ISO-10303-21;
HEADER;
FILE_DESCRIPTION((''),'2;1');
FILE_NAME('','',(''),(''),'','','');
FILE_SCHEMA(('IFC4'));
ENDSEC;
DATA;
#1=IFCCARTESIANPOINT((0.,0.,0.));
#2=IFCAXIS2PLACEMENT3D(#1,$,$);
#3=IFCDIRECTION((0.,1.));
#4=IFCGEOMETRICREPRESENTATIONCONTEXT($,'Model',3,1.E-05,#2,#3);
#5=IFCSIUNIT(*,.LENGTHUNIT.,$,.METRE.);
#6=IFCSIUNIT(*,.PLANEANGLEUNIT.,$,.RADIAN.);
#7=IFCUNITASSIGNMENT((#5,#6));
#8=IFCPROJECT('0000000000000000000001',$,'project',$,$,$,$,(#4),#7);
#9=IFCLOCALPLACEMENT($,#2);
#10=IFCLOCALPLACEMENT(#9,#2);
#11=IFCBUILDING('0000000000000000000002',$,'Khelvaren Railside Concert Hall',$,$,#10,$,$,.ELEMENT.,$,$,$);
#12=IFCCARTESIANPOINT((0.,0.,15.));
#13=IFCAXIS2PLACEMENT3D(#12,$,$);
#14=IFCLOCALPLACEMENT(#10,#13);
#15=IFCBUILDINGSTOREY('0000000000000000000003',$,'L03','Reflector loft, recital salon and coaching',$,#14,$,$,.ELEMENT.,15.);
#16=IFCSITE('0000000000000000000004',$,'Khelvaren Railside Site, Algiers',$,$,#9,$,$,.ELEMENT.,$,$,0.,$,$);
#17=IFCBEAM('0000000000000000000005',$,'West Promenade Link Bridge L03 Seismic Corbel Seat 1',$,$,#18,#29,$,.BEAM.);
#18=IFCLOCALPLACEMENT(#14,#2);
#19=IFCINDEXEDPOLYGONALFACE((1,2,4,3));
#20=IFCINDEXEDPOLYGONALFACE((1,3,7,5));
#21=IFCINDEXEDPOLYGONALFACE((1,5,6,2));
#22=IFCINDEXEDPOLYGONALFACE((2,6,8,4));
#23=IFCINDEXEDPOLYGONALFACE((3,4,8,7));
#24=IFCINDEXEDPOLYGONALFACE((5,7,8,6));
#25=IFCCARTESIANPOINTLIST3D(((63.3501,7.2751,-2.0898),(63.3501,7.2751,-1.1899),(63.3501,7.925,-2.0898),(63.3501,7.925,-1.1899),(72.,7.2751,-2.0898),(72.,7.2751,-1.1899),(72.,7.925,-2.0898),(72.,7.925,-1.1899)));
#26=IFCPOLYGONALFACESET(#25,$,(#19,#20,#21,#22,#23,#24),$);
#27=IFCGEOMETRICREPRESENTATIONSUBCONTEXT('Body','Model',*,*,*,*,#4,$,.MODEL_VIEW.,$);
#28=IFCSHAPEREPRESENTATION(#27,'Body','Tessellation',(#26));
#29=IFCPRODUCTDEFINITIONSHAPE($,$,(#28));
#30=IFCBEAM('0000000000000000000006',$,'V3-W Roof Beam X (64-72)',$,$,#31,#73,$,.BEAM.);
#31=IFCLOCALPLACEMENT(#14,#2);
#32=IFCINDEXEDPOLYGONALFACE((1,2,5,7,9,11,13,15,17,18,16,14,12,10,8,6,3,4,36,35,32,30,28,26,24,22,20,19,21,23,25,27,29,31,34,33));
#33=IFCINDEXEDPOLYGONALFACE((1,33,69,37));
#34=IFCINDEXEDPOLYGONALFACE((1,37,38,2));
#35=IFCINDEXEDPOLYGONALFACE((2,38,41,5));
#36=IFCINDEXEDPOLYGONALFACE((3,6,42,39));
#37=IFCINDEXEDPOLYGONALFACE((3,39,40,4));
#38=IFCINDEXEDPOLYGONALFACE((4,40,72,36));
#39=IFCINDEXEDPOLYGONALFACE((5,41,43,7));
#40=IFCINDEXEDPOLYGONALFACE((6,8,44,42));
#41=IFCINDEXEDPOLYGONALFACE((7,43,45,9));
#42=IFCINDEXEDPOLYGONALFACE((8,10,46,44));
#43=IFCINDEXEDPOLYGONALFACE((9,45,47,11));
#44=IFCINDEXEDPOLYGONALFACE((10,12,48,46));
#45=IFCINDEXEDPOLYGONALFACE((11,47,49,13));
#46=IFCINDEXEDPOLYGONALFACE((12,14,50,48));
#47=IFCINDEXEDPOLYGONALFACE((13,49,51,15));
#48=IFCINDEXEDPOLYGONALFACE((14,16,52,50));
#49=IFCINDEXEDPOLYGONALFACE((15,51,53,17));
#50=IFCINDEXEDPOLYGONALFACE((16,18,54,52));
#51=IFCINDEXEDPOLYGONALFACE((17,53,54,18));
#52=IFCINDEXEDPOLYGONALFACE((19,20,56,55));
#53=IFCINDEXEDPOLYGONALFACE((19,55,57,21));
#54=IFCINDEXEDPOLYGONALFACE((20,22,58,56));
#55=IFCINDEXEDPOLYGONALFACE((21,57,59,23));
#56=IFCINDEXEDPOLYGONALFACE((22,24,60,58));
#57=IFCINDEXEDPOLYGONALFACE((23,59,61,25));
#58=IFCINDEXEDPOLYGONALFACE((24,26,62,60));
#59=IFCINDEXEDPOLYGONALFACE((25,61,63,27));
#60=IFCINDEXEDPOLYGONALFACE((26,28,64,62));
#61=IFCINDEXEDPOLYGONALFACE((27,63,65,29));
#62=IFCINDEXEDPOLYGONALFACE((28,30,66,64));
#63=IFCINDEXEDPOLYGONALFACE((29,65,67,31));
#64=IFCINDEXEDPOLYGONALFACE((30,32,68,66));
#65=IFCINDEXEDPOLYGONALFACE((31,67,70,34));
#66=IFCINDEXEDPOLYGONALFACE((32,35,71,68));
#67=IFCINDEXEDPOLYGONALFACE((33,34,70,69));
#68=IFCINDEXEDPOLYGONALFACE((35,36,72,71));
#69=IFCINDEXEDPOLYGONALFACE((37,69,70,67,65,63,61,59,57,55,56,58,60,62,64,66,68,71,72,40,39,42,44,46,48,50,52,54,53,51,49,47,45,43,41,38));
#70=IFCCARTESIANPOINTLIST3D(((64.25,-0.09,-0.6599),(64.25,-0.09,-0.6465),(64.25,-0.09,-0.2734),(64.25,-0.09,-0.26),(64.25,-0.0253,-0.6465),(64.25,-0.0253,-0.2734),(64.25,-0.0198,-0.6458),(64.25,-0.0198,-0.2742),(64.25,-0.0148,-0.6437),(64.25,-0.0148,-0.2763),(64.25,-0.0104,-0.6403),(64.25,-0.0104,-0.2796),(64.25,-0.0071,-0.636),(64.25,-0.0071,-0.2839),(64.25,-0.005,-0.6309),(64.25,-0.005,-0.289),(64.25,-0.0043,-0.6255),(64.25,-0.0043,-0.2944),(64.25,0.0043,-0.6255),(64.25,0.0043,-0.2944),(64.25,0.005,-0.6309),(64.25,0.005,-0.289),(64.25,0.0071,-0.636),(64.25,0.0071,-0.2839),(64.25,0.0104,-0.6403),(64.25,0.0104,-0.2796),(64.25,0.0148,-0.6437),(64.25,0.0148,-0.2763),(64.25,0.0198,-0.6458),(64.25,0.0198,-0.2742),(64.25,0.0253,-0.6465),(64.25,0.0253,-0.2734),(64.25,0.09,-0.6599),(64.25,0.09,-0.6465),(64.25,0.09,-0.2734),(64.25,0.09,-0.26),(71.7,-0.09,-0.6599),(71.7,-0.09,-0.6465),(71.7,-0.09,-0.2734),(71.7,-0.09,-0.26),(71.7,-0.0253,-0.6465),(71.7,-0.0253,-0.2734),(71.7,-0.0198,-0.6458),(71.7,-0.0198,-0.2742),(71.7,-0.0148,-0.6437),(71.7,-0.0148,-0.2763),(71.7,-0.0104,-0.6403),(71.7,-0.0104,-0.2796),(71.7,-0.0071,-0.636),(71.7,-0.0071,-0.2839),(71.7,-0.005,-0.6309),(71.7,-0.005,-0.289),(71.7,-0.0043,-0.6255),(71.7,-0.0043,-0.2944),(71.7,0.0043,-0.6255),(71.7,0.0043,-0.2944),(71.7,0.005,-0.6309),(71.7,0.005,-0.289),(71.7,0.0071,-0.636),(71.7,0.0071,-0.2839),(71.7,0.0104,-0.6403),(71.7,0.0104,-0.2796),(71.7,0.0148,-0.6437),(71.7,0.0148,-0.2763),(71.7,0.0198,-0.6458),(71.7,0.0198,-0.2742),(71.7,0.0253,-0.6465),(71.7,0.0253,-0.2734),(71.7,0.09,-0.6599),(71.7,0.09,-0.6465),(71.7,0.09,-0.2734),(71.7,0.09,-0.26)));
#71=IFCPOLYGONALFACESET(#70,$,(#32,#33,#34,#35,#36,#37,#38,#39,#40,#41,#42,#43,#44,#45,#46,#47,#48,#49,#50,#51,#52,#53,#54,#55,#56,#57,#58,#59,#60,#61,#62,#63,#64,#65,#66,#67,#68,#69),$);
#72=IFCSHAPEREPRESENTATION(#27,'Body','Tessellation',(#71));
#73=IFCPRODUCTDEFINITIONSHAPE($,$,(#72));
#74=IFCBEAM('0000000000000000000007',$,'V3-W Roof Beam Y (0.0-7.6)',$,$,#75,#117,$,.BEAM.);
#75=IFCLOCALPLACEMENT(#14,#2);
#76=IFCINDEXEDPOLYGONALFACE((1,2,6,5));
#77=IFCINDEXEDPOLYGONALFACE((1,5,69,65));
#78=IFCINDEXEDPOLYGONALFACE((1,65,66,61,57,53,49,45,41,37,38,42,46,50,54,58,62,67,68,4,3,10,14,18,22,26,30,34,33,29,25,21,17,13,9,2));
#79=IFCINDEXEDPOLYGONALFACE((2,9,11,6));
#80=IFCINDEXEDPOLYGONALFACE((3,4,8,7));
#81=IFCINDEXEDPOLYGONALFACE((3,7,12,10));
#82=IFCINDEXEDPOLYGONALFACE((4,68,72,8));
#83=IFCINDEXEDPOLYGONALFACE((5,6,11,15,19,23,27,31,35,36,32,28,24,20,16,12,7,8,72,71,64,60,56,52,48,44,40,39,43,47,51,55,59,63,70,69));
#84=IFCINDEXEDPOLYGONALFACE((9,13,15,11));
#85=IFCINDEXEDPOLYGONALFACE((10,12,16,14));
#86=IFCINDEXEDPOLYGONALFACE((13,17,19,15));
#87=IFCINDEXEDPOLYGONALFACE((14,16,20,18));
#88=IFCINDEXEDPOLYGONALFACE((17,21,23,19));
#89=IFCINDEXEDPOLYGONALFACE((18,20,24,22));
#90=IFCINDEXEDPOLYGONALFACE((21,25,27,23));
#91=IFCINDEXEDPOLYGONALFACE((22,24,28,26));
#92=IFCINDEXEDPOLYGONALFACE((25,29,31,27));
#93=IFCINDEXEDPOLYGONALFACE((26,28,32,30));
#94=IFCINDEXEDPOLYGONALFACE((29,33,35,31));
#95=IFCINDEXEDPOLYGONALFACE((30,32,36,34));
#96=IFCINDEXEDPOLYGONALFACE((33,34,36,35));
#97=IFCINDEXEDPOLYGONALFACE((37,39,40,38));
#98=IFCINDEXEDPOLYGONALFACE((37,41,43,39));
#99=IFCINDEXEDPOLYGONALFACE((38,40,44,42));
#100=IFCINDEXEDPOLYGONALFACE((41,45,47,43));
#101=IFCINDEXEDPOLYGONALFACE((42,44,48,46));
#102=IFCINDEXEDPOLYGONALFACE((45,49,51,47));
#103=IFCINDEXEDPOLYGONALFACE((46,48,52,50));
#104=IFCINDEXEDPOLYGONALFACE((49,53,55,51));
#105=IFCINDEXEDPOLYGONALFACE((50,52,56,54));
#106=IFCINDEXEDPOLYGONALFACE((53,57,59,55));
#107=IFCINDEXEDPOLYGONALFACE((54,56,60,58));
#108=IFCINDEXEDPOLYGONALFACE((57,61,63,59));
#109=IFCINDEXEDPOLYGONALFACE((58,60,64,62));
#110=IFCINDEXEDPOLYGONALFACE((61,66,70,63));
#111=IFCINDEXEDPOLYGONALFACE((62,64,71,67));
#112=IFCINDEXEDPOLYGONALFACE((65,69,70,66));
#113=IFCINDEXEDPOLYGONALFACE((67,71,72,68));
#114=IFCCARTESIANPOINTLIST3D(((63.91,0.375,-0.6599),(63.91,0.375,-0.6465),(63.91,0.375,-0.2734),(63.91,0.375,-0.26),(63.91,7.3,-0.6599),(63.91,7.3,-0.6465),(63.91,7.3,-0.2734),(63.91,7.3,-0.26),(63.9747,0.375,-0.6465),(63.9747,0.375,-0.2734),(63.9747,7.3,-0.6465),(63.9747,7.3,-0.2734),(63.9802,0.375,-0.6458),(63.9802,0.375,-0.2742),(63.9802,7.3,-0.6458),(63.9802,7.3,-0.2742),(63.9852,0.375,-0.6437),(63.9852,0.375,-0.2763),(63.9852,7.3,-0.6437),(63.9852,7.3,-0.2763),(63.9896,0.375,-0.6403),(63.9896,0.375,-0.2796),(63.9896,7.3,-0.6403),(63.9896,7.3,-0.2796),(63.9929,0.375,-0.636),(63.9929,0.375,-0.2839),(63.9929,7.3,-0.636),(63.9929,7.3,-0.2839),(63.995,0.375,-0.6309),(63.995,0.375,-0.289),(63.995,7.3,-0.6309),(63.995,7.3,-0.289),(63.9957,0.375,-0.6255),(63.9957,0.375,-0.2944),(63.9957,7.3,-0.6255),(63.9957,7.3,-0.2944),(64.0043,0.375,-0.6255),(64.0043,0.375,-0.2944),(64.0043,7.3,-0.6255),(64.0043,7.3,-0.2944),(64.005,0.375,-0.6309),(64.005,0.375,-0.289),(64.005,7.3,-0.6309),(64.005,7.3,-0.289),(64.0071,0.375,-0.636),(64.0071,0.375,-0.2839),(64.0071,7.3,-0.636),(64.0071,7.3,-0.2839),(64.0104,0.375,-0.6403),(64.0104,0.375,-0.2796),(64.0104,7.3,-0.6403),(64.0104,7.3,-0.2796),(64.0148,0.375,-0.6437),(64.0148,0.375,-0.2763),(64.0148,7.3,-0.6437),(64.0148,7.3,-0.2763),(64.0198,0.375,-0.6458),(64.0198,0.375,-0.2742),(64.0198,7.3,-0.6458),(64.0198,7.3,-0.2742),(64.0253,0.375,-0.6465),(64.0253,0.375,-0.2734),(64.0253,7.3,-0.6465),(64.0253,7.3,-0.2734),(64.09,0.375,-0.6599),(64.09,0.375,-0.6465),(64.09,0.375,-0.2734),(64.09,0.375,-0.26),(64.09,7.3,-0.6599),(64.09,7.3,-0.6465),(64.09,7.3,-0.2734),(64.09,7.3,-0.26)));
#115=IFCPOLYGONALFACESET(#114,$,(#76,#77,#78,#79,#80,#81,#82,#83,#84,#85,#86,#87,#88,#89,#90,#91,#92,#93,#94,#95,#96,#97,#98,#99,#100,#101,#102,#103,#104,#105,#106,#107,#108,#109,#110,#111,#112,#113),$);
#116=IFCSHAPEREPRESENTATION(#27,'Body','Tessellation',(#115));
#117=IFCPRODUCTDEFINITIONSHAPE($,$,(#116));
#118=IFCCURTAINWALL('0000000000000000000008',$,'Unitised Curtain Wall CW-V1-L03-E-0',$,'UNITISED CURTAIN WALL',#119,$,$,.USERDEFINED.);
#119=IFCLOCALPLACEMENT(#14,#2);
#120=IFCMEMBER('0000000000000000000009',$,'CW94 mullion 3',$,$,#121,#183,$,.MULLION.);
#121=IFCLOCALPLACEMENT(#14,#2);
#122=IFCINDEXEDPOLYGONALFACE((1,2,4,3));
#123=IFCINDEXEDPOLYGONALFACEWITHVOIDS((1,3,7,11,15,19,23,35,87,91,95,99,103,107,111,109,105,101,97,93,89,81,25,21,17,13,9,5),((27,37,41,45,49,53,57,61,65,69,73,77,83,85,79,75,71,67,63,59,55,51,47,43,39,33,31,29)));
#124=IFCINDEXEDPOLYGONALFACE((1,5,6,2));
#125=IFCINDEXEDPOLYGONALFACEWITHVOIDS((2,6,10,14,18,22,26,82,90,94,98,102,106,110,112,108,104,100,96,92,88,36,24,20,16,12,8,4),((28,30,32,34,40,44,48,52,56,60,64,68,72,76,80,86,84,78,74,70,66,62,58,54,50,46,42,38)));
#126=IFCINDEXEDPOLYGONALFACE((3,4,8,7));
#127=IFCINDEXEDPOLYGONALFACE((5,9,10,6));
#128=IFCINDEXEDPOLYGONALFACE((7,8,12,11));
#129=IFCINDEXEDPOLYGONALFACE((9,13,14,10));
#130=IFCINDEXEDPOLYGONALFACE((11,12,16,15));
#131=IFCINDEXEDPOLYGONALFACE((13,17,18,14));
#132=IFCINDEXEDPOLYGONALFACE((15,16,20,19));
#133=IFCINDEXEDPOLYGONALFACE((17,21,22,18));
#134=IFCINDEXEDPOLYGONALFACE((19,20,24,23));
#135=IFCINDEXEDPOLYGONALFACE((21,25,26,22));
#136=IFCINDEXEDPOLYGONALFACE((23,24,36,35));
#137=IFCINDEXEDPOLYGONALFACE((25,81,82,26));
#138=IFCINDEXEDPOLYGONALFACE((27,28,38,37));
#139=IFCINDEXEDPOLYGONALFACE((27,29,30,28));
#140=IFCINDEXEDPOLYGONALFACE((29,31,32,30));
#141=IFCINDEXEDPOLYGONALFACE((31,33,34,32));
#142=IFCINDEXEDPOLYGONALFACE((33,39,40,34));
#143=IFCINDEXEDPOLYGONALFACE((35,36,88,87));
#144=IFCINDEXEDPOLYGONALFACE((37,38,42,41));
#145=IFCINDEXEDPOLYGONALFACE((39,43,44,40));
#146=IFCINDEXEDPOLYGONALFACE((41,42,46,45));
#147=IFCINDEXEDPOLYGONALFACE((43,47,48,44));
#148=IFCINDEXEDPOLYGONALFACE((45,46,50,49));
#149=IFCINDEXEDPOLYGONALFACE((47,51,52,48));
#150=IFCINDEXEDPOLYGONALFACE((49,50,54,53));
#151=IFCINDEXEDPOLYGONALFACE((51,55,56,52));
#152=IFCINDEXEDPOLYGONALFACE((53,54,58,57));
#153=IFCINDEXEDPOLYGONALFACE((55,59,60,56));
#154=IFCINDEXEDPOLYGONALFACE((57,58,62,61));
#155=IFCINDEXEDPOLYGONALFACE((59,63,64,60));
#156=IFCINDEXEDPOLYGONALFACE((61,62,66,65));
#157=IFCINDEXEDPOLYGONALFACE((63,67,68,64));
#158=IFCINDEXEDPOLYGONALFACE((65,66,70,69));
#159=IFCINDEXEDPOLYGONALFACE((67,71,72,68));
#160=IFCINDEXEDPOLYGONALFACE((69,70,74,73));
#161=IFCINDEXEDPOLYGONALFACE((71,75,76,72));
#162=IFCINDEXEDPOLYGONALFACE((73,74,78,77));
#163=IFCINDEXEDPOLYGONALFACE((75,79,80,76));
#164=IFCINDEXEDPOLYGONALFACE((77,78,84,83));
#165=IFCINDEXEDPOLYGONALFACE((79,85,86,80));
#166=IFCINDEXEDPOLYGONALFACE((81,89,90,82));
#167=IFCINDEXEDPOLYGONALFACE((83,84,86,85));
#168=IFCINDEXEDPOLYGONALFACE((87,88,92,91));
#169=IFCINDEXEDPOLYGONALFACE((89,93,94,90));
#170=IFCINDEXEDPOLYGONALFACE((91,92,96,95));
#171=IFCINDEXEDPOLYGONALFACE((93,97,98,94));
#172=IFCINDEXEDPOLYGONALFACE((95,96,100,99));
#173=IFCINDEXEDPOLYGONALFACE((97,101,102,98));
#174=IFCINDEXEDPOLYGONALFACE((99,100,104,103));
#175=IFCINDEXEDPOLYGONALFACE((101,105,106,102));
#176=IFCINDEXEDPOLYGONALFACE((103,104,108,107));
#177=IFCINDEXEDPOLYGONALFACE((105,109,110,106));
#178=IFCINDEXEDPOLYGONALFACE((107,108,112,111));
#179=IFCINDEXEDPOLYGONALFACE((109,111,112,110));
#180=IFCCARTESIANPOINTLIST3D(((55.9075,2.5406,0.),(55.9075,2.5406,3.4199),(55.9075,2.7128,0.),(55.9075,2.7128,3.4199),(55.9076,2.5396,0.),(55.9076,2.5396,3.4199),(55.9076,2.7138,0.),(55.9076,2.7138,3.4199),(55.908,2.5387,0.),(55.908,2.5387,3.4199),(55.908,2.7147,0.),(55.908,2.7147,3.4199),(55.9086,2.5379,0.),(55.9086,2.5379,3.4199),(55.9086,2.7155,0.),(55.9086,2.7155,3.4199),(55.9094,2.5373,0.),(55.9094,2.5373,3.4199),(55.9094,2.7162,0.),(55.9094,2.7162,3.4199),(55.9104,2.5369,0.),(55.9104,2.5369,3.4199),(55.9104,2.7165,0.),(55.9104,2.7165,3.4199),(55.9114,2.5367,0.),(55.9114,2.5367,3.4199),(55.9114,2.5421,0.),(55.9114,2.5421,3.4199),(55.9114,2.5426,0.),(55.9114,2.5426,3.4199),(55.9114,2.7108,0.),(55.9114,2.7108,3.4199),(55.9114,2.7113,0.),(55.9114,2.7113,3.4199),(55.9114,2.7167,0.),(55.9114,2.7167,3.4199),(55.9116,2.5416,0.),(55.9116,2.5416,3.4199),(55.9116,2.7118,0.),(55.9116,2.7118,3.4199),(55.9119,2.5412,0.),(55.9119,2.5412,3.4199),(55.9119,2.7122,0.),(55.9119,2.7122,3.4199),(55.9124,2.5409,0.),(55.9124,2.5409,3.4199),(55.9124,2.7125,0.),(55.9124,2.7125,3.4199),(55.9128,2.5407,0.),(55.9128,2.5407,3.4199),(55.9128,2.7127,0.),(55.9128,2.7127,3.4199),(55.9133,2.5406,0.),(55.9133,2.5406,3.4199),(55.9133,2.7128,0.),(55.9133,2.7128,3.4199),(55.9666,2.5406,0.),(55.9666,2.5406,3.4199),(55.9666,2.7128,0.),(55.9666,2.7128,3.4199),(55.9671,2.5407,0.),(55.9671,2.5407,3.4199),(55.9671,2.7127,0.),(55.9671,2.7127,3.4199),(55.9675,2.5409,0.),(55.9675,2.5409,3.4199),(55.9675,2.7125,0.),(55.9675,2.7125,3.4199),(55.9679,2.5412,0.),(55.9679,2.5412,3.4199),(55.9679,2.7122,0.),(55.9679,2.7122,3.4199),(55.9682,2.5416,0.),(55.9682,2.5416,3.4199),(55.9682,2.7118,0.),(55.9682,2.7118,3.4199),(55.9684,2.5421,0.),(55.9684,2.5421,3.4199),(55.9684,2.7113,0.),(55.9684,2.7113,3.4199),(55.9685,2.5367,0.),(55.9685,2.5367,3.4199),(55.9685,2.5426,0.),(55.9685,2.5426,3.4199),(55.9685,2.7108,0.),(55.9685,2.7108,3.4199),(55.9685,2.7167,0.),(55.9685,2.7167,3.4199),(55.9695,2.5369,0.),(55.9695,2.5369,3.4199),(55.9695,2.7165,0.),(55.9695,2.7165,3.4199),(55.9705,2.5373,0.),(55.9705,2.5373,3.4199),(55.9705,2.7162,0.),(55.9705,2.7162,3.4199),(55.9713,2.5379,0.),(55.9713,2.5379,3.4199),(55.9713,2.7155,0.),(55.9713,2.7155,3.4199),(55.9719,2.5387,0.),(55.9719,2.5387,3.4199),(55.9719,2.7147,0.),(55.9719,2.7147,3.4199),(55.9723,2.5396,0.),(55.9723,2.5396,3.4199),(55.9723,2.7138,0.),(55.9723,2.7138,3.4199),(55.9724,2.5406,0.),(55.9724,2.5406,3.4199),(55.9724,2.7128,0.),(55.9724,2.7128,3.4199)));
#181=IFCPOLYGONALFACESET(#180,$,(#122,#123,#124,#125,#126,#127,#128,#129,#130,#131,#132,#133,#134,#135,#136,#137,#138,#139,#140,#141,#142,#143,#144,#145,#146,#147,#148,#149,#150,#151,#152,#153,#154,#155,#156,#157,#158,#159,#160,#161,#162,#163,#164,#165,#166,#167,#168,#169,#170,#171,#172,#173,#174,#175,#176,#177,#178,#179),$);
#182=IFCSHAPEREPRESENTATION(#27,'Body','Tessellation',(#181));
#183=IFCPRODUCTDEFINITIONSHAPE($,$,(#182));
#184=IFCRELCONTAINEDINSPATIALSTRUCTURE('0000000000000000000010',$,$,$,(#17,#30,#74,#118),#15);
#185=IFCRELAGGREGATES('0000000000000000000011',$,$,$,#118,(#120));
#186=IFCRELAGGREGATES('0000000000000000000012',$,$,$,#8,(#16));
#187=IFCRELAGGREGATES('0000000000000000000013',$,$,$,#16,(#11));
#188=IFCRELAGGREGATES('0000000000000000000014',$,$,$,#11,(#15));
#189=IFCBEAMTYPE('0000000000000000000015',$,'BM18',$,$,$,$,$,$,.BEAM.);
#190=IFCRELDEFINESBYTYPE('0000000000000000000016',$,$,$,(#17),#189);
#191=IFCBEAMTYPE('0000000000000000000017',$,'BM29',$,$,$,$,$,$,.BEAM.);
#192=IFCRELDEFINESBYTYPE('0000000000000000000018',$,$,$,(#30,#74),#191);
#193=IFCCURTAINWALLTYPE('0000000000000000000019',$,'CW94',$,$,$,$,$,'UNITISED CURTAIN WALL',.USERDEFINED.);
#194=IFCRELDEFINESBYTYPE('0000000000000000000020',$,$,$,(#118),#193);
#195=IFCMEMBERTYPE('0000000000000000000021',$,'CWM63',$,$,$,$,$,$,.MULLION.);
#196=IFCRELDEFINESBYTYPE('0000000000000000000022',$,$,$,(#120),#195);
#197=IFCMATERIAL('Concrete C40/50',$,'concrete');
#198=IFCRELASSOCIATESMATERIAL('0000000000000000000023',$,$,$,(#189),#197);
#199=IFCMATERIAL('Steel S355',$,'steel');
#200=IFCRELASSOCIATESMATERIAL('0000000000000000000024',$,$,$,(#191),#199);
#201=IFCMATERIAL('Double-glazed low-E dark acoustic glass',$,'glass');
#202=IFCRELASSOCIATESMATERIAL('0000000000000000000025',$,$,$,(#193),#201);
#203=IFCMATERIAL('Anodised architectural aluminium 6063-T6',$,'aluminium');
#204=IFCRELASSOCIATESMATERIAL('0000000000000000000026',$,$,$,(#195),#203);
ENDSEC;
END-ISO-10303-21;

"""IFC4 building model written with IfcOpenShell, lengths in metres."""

from ifc_helpers import new_model, si_unit, direction, frame, origin, origin_2d, place, context, subcontext, project, spatial, rectangle, hollow_rectangle, i_section, extrude, material, material_profile, profile_set, type_object, element, aggregate, save


model = new_model("IFC4")

# Units and contexts
model_context = context("Model", 3, precision=1e-05, world=origin(), true_north=direction((0.0, 1.0)))
body_context = subcontext(model_context, "Body", "Model", "MODEL_VIEW")
ifc_project = project(units=[si_unit("LENGTHUNIT", "METRE"), si_unit("PLANEANGLEUNIT", "RADIAN")], contexts=[model_context])

# Site, building, storey
site_placement = place(None, origin())
site = spatial("IfcSite", under=ifc_project, at=site_placement, Name="Khelvaren Railside Site, Algiers", CompositionType="ELEMENT", RefElevation=0.0)
building_placement = place(site_placement, origin())
building = spatial("IfcBuilding", under=site, at=building_placement, Name="Khelvaren Railside Concert Hall", CompositionType="ELEMENT")
storey_placement = place(building_placement, frame((0.0, 0.0, 15.0)))
storey = spatial("IfcBuildingStorey", under=building, at=storey_placement, Name="L03", Description="Reflector loft, recital salon and coaching", CompositionType="ELEMENT", Elevation=15.0)

# Beams
ifc_material_1 = material(Name="Concrete C40/50", Category="concrete")
ifc_material_profile_1 = material_profile(ifc_material_1, rectangle(XDim=0.6499, YDim=0.8999, at=origin_2d()), Name="RCB 650x900")
ifc_profile_set_1 = profile_set([ifc_material_profile_1], Name="Concrete C40/50")
beam_type_1 = type_object("IfcBeamType", Name="BM18", PredefinedType="BEAM", material=ifc_profile_set_1)
beam_1_placement = place(storey_placement, frame((63.3501, 7.6001, -1.6399), z_axis=(1.0, 0.0, 0.0), x_axis=(0.0, 1.0, 0.0)))
element("IfcBeam", 1, at=beam_1_placement, inside=storey, type_object=beam_type_1, Name="West Promenade Link Bridge L03 Seismic Corbel Seat 1", PredefinedType="BEAM", context=body_context, shape_type="SweptSolid", body=[
    extrude(rectangle(XDim=0.6499, YDim=0.8999, at=origin_2d()), origin(), (0.0, 0.0, 1.0), 8.6499),
])
ifc_material_2 = material(Name="Steel S355", Category="steel")
ifc_material_profile_2 = material_profile(ifc_material_2, i_section(OverallWidth=0.1799, OverallDepth=0.3999, WebThickness=0.0085, FlangeThickness=0.0134, FilletRadius=0.021, at=origin_2d()), Name="IPE 400")
ifc_profile_set_2 = profile_set([ifc_material_profile_2], Name="Steel S355")
beam_type_2 = type_object("IfcBeamType", Name="BM29", PredefinedType="BEAM", material=ifc_profile_set_2)
beam_2_placement = place(storey_placement, frame((64.25, 0.0, -0.46), z_axis=(1.0, 0.0, 0.0), x_axis=(0.0, 1.0, 0.0)))
element("IfcBeam", 2, at=beam_2_placement, inside=storey, type_object=beam_type_2, Name="V3-W Roof Beam X (64-72)", PredefinedType="BEAM", context=body_context, shape_type="SweptSolid", body=[
    extrude(i_section(OverallWidth=0.1799, OverallDepth=0.3999, WebThickness=0.0085, FlangeThickness=0.0134, FilletRadius=0.021, at=origin_2d()), origin(), (0.0, 0.0, 1.0), 7.45),
])
beam_3_placement = place(storey_placement, frame((64.0, 0.375, -0.46), z_axis=(0.0, 1.0, 0.0), x_axis=(-1.0, 0.0, 0.0)))
element("IfcBeam", 3, at=beam_3_placement, inside=storey, type_object=beam_type_2, Name="V3-W Roof Beam Y (0.0-7.6)", PredefinedType="BEAM", context=body_context, shape_type="SweptSolid", body=[
    extrude(i_section(OverallWidth=0.1799, OverallDepth=0.3999, WebThickness=0.0085, FlangeThickness=0.0134, FilletRadius=0.021, at=origin_2d()), origin(), (0.0, 0.0, 1.0), 6.925),
])

# Curtain wall, member
ifc_material_3 = material(Name="Double-glazed low-E dark acoustic glass", Category="glass")
curtain_wall_type_1 = type_object("IfcCurtainWallType", Name="CW94", ElementType="UNITISED CURTAIN WALL", PredefinedType="USERDEFINED", material=ifc_material_3)
curtain_wall_1_placement = place(storey_placement, origin())
curtain_wall_1 = element("IfcCurtainWall", 4, at=curtain_wall_1_placement, inside=storey, type_object=curtain_wall_type_1, Name="Unitised Curtain Wall CW-V1-L03-E-0", ObjectType="UNITISED CURTAIN WALL", PredefinedType="USERDEFINED")
ifc_material_4 = material(Name="Anodised architectural aluminium 6063-T6", Category="aluminium")
ifc_material_profile_3 = material_profile(ifc_material_4, hollow_rectangle(XDim=0.0649, YDim=0.1799, WallThickness=0.0039, InnerFilletRadius=0.002, OuterFilletRadius=0.0039, at=origin_2d()), Name="CWM 65x180x4")
ifc_profile_set_3 = profile_set([ifc_material_profile_3], Name="Anodised architectural aluminium 6063-T6")
member_type_1 = type_object("IfcMemberType", Name="CWM63", PredefinedType="MULLION", material=ifc_profile_set_3)
member_1_placement = place(storey_placement, frame((55.9399, 2.6267, 0.0), z_axis=(0.0, 0.0, 1.0), x_axis=(1.0, 0.0, 0.0)))
member_1 = element("IfcMember", 5, at=member_1_placement, type_object=member_type_1, Name="CW94 mullion 3", PredefinedType="MULLION", context=body_context, shape_type="SweptSolid", body=[
    extrude(hollow_rectangle(XDim=0.0649, YDim=0.1799, WallThickness=0.0039, InnerFilletRadius=0.002, OuterFilletRadius=0.0039, at=origin_2d()), origin(), (0.0, 0.0, 1.0), 3.4199),
])

aggregate(curtain_wall_1, [member_1])

save(model, "model.ifc")
